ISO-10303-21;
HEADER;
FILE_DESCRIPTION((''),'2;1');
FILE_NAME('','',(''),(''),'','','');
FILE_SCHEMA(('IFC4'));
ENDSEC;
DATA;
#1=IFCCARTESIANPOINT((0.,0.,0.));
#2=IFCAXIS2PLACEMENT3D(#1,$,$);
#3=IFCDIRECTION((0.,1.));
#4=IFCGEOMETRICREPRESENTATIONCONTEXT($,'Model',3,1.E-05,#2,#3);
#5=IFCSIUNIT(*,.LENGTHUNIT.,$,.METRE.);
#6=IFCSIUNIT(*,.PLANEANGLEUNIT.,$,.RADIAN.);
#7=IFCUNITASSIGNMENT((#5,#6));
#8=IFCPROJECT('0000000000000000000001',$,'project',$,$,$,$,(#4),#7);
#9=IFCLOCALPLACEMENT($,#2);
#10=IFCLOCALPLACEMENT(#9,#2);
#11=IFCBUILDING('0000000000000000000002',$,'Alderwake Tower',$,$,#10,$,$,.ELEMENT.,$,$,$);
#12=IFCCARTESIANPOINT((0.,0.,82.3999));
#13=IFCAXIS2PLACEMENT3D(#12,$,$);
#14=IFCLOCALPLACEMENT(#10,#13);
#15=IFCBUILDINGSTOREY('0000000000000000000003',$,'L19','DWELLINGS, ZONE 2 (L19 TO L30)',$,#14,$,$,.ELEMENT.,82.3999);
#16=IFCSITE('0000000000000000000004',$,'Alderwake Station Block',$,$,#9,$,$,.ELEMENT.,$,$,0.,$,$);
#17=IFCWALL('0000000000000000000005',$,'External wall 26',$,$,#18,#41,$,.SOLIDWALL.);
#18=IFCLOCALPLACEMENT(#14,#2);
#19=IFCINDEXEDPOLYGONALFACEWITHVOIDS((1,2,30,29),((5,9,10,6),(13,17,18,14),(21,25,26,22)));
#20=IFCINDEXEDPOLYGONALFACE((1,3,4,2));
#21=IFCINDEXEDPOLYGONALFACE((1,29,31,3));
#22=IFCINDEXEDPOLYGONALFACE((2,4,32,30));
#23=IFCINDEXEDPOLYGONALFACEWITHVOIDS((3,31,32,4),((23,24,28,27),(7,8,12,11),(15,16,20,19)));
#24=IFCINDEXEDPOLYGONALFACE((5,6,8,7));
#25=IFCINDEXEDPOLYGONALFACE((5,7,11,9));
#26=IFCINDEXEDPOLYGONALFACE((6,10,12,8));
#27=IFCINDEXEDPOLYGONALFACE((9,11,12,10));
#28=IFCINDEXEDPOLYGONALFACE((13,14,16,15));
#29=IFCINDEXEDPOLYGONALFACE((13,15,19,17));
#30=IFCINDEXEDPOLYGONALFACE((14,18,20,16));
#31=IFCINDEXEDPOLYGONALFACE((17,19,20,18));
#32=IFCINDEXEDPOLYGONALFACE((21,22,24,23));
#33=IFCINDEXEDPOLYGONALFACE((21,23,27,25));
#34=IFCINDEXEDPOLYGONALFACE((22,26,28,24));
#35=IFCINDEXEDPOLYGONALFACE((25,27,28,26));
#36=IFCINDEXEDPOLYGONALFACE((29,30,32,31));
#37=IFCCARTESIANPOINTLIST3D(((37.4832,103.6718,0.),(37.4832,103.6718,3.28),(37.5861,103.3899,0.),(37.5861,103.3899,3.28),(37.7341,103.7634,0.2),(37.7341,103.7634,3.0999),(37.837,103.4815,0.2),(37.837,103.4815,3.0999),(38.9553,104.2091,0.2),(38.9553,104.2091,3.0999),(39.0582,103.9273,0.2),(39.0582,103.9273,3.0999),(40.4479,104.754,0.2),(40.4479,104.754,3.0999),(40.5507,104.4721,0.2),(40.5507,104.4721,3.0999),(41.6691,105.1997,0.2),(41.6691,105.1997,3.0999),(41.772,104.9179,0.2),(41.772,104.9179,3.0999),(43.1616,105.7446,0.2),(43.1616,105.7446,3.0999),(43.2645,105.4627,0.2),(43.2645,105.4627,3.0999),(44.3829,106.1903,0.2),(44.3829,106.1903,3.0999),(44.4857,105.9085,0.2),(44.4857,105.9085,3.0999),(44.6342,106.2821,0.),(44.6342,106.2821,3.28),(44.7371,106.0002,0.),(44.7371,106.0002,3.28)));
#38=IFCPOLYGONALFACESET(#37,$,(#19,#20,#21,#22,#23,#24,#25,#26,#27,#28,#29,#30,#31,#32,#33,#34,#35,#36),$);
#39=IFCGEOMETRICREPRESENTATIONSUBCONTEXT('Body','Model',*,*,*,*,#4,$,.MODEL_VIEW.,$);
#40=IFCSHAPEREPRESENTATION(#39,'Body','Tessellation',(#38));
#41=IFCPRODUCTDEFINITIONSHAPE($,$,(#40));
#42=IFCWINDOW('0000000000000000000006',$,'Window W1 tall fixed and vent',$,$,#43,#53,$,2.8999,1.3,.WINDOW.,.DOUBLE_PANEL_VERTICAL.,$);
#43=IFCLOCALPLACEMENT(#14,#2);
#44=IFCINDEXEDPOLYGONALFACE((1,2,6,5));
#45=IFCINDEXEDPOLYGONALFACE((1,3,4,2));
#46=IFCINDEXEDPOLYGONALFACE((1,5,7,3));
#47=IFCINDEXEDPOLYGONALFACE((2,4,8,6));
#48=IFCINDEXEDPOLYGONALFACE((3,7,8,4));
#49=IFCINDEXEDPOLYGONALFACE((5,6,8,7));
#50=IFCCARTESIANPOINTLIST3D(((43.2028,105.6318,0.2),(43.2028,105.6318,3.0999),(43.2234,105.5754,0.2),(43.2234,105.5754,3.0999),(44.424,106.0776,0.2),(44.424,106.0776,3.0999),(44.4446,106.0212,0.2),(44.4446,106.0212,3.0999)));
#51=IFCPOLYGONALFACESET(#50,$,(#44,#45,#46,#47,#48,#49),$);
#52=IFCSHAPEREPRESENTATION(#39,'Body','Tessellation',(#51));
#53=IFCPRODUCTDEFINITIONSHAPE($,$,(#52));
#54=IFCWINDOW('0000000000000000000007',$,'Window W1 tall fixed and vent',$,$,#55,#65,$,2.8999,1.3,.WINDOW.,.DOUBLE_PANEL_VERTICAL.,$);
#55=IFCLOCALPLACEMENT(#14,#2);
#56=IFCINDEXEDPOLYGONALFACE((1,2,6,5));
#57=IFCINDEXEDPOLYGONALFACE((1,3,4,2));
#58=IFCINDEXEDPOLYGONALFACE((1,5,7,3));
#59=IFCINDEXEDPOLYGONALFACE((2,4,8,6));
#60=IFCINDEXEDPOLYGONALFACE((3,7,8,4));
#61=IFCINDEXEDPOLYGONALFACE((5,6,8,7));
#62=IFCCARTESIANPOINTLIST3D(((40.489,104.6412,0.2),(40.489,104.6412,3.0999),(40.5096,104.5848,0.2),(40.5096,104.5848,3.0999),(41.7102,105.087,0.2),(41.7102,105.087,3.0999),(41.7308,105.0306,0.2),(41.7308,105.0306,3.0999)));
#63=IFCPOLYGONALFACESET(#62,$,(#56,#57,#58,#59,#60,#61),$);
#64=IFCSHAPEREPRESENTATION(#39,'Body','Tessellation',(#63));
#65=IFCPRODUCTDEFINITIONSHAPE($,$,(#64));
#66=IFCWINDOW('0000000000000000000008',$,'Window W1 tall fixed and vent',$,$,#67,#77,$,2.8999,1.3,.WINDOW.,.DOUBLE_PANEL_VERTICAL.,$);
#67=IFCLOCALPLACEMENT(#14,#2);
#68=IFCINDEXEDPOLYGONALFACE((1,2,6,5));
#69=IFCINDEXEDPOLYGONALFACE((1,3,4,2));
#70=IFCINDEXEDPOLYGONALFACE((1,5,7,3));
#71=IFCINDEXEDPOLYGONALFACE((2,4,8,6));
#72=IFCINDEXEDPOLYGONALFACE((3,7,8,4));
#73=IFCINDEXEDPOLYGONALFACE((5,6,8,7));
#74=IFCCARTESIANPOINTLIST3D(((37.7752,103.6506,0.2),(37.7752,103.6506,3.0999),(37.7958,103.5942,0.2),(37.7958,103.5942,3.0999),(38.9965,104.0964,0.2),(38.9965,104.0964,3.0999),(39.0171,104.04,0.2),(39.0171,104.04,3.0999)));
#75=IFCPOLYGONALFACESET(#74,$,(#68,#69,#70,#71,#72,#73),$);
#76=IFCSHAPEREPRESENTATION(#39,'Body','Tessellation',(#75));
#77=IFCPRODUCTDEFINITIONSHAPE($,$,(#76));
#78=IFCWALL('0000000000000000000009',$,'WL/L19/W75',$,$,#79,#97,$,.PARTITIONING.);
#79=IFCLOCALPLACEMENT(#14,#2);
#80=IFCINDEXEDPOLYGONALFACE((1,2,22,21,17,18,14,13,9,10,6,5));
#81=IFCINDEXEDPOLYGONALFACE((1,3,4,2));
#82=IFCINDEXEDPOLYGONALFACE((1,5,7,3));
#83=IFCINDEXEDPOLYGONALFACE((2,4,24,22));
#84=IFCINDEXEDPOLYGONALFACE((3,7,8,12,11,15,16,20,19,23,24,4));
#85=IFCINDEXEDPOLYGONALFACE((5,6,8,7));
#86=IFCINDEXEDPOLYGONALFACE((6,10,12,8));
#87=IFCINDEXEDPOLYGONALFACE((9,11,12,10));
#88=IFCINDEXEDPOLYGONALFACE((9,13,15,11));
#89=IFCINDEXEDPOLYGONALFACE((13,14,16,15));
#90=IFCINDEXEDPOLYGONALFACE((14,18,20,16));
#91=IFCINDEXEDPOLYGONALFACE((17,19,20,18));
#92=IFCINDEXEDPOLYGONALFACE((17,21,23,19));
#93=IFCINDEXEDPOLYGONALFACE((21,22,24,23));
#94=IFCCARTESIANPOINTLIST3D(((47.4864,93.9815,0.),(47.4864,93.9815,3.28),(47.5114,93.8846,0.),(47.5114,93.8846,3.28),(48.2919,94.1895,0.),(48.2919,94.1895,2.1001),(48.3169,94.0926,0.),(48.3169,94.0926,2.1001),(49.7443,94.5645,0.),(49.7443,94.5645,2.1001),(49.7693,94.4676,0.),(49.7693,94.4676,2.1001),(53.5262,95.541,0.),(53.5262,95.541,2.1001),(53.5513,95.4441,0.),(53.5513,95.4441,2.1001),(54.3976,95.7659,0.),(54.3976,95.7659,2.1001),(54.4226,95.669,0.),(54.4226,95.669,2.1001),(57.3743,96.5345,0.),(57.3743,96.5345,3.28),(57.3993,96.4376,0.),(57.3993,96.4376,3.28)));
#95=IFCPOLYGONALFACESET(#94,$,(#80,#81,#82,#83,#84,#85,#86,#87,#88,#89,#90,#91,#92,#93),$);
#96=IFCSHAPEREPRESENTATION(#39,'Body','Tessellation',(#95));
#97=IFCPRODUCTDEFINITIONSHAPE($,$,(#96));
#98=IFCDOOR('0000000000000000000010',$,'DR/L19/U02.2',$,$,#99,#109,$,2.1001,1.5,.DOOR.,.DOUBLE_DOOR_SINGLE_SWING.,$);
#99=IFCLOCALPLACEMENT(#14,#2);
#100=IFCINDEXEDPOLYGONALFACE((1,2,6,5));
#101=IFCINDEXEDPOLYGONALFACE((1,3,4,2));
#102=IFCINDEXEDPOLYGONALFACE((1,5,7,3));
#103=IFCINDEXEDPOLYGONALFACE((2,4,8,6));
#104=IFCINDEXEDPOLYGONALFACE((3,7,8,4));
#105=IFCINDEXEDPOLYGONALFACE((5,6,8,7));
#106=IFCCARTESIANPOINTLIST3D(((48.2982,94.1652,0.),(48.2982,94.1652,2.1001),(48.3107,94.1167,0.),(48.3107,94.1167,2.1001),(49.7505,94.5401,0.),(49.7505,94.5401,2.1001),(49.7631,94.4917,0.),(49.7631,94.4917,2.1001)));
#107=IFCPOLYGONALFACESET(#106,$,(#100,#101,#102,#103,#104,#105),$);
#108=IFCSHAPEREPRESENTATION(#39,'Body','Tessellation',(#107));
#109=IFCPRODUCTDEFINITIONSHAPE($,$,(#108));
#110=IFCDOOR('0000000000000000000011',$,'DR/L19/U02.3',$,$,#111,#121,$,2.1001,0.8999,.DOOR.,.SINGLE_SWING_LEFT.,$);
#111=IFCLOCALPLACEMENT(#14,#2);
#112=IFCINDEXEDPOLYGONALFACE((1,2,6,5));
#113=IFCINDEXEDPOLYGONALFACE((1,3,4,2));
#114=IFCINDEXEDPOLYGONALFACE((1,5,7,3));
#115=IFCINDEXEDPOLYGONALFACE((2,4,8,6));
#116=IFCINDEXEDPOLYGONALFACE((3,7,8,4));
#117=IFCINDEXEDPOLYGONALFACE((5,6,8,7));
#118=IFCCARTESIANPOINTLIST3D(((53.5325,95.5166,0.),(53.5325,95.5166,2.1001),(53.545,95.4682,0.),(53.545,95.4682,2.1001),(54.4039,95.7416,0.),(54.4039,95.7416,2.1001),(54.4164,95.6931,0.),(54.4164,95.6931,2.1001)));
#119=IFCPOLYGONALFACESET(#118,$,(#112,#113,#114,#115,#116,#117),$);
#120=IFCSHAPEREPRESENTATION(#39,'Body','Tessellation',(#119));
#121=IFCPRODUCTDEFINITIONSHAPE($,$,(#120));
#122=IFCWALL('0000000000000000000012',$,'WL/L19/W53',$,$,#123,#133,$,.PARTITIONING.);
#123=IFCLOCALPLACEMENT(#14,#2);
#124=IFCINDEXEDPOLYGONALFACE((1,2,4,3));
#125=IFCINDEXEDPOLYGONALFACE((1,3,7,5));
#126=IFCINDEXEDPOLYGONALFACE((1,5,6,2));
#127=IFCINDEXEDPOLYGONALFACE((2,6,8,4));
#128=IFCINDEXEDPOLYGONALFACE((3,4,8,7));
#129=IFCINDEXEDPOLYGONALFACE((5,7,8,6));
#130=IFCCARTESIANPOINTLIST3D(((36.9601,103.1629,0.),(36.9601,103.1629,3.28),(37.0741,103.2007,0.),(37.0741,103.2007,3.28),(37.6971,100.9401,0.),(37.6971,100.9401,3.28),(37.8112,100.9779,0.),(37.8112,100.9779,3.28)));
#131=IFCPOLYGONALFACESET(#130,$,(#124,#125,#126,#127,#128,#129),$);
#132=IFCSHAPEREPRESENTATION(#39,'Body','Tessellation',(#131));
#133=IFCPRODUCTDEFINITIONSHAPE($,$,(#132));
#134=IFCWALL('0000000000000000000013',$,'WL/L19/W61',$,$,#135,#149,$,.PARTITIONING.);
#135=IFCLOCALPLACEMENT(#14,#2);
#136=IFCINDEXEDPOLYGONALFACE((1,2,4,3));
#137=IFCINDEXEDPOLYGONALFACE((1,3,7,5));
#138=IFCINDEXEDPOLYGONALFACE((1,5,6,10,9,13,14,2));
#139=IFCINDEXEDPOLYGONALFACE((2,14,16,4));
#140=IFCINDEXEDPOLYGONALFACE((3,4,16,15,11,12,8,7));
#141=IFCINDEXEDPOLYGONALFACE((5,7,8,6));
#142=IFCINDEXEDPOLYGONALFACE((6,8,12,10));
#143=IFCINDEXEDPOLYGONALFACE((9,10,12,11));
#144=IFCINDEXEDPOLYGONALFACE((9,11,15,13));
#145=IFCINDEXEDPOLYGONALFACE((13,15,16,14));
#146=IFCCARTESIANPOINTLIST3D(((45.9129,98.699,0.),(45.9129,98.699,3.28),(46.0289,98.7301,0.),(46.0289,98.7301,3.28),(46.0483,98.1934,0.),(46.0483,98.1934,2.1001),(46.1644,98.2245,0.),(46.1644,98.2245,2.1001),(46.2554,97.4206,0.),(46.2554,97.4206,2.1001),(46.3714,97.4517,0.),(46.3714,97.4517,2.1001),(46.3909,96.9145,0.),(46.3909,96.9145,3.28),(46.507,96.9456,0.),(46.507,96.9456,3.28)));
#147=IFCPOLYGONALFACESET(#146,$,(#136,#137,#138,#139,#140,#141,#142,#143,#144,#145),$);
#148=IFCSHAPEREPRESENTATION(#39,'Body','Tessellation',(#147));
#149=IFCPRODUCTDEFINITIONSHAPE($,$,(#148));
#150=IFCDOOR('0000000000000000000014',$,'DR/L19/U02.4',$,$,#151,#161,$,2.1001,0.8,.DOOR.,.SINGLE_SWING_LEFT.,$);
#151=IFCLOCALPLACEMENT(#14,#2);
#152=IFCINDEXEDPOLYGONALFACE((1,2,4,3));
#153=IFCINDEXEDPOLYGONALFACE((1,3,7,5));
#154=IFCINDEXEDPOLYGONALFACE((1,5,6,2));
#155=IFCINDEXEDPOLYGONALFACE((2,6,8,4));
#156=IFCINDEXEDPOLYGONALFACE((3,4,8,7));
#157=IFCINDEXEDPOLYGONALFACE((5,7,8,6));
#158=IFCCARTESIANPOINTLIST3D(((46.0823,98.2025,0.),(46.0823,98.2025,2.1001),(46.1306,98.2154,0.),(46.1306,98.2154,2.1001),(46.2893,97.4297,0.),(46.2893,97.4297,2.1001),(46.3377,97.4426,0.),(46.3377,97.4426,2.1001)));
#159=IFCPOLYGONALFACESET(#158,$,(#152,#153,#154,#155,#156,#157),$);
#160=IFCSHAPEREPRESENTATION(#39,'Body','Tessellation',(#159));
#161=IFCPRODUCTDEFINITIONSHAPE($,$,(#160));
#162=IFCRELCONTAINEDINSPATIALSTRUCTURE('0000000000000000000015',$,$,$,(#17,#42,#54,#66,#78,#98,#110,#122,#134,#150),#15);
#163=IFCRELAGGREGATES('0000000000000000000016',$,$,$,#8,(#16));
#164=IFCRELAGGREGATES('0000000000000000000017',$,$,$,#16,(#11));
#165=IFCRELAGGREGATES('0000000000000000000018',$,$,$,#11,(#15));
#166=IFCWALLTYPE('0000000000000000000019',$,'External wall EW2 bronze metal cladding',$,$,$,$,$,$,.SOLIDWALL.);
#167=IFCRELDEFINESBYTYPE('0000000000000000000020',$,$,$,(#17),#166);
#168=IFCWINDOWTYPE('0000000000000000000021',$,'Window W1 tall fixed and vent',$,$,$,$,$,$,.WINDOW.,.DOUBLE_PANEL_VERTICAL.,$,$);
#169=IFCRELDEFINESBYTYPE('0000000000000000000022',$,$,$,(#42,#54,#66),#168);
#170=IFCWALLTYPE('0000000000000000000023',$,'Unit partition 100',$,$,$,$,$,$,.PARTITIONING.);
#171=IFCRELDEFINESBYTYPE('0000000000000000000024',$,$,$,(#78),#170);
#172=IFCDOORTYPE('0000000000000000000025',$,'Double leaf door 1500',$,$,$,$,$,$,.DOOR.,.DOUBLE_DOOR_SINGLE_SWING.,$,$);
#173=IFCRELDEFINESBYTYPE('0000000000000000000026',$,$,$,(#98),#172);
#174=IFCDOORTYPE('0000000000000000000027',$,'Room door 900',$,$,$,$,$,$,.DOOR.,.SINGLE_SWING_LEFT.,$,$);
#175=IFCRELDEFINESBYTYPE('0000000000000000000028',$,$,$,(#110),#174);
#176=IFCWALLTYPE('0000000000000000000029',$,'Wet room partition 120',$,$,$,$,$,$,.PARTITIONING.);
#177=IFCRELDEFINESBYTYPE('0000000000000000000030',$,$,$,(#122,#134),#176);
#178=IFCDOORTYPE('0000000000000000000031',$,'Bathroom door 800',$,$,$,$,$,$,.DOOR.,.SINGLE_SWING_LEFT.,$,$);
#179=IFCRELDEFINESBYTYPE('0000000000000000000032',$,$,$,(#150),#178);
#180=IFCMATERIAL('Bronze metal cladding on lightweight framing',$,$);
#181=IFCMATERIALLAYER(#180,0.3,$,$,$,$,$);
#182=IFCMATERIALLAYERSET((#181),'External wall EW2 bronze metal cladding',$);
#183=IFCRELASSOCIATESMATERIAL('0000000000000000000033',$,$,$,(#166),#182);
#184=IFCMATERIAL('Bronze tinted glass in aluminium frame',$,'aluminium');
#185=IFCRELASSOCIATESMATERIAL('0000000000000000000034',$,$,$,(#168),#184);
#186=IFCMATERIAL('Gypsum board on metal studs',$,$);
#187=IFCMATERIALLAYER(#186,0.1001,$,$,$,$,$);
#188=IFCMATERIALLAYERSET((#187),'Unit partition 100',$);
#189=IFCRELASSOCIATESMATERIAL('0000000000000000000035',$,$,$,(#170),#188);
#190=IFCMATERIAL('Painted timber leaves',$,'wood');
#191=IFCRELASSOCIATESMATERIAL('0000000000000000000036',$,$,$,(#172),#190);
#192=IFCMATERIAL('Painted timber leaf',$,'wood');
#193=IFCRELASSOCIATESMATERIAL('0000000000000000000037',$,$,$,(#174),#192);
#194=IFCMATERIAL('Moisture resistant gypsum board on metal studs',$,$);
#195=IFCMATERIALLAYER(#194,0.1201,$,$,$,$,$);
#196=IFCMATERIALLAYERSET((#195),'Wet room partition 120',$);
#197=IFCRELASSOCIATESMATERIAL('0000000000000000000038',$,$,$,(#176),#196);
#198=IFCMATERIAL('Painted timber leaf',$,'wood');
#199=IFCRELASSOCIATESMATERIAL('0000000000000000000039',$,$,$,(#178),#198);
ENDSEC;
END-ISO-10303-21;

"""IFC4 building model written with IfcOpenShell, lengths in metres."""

from ifc_helpers import new_model, si_unit, direction, frame, frame_2d, origin, place, context, subcontext, project, spatial, rectangle, extrude, material, layer, layer_set, type_object, element, fill, save


model = new_model("IFC4")

# Units and contexts
model_context = context("Model", 3, precision=1e-05, world=origin(), true_north=direction((0.0, 1.0)))
body_context = subcontext(model_context, "Body", "Model", "MODEL_VIEW")
ifc_project = project(units=[si_unit("LENGTHUNIT", "METRE"), si_unit("PLANEANGLEUNIT", "RADIAN")], contexts=[model_context])

# Site, building, storey
site_placement = place(None, origin())
site = spatial("IfcSite", under=ifc_project, at=site_placement, Name="Alderwake Station Block", CompositionType="ELEMENT", RefElevation=0.0)
building_placement = place(site_placement, origin())
building = spatial("IfcBuilding", under=site, at=building_placement, Name="Alderwake Tower", CompositionType="ELEMENT")
storey_placement = place(building_placement, frame((0.0, 0.0, 82.3999)))
storey = spatial("IfcBuildingStorey", under=building, at=storey_placement, Name="L19", Description="DWELLINGS, ZONE 2 (L19 TO L30)", CompositionType="ELEMENT", Elevation=82.3999)

# Shared definitions
ifc_material_1 = material(Name="Bronze metal cladding on lightweight framing")
ifc_layer_1 = layer(ifc_material_1, 0.3)
ifc_layer_set_1 = layer_set([ifc_layer_1], Name="External wall EW2 bronze metal cladding")
wall_type_1 = type_object("IfcWallType", Name="External wall EW2 bronze metal cladding", PredefinedType="SOLIDWALL", material=ifc_layer_set_1)
ifc_material_2 = material(Name="Bronze tinted glass in aluminium frame", Category="aluminium")
window_type = type_object("IfcWindowType", Name="Window W1 tall fixed and vent", PartitioningType="DOUBLE_PANEL_VERTICAL", PredefinedType="WINDOW", material=ifc_material_2)

# Wall, openings, windows
wall_1_placement = place(storey_placement, frame((44.6855, 106.1411, 0.0), z_axis=(0.0, 0.0, 1.0), x_axis=(-0.939373, -0.342896, 0.0)))
wall_1 = element("IfcWall", 1, at=wall_1_placement, inside=storey, type_object=wall_type_1, Name="External wall 26", PredefinedType="SOLIDWALL", context=body_context, shape_type="SweptSolid", body=[
    extrude(rectangle(XDim=7.6125, YDim=0.3, at=frame_2d((3.8062, 0.0))), origin(), (0.0, 0.0, 1.0), 3.28),
])
opening_1_placement = place(wall_1_placement, frame((0.2676, 0.0, 0.2)))
opening_1 = element("IfcOpeningElement", 2, at=opening_1_placement, cuts=wall_1, PredefinedType="OPENING", context=body_context, shape_type="SweptSolid", body=[
    extrude(rectangle(XDim=1.3, YDim=2.8999, at=frame_2d((0.6499, 1.45))), frame((0.0, 0.1599, 0.0), z_axis=(0.0, -1.0, 0.0), x_axis=(1.0, 0.0, 0.0)), (0.0, 0.0, 1.0), 0.3201),
])
opening_2_placement = place(wall_1_placement, frame((3.1565, 0.0, 0.2)))
opening_2 = element("IfcOpeningElement", 3, at=opening_2_placement, cuts=wall_1, PredefinedType="OPENING", context=body_context, shape_type="SweptSolid", body=[
    extrude(rectangle(XDim=1.3, YDim=2.8999, at=frame_2d((0.6499, 1.45))), frame((0.0, 0.1599, 0.0), z_axis=(0.0, -1.0, 0.0), x_axis=(1.0, 0.0, 0.0)), (0.0, 0.0, 1.0), 0.3201),
])
opening_3_placement = place(wall_1_placement, frame((6.0454, 0.0, 0.2)))
opening_3 = element("IfcOpeningElement", 4, at=opening_3_placement, cuts=wall_1, PredefinedType="OPENING", context=body_context, shape_type="SweptSolid", body=[
    extrude(rectangle(XDim=1.3, YDim=2.8999, at=frame_2d((0.6499, 1.45))), frame((0.0, 0.1599, 0.0), z_axis=(0.0, -1.0, 0.0), x_axis=(1.0, 0.0, 0.0)), (0.0, 0.0, 1.0), 0.3201),
])
window_1_placement = place(opening_1_placement, origin())
window_1 = element("IfcWindow", 5, at=window_1_placement, inside=storey, type_object=window_type, Name="Window W1 tall fixed and vent", OverallHeight=2.8999, OverallWidth=1.3, PartitioningType="DOUBLE_PANEL_VERTICAL", PredefinedType="WINDOW", context=body_context, shape_type="SweptSolid", body=[
    extrude(rectangle(XDim=1.3, YDim=2.8999, at=frame_2d((0.6499, 1.45))), frame((0.0, 0.03, 0.0), z_axis=(0.0, -1.0, 0.0), x_axis=(1.0, 0.0, 0.0)), (0.0, 0.0, 1.0), 0.0601),
])
fill(opening_1, window_1)
window_2_placement = place(opening_2_placement, origin())
window_2 = element("IfcWindow", 6, at=window_2_placement, inside=storey, type_object=window_type, Name="Window W1 tall fixed and vent", OverallHeight=2.8999, OverallWidth=1.3, PartitioningType="DOUBLE_PANEL_VERTICAL", PredefinedType="WINDOW", context=body_context, shape_type="SweptSolid", body=[
    extrude(rectangle(XDim=1.3, YDim=2.8999, at=frame_2d((0.6499, 1.45))), frame((0.0, 0.03, 0.0), z_axis=(0.0, -1.0, 0.0), x_axis=(1.0, 0.0, 0.0)), (0.0, 0.0, 1.0), 0.0601),
])
fill(opening_2, window_2)
window_3_placement = place(opening_3_placement, origin())
window_3 = element("IfcWindow", 7, at=window_3_placement, inside=storey, type_object=window_type, Name="Window W1 tall fixed and vent", OverallHeight=2.8999, OverallWidth=1.3, PartitioningType="DOUBLE_PANEL_VERTICAL", PredefinedType="WINDOW", context=body_context, shape_type="SweptSolid", body=[
    extrude(rectangle(XDim=1.3, YDim=2.8999, at=frame_2d((0.6499, 1.45))), frame((0.0, 0.03, 0.0), z_axis=(0.0, -1.0, 0.0), x_axis=(1.0, 0.0, 0.0)), (0.0, 0.0, 1.0), 0.0601),
])
fill(opening_3, window_3)

# Wall, openings, doors
ifc_material_3 = material(Name="Gypsum board on metal studs")
ifc_layer_2 = layer(ifc_material_3, 0.1001)
ifc_layer_set_2 = layer_set([ifc_layer_2], Name="Unit partition 100")
wall_type_2 = type_object("IfcWallType", Name="Unit partition 100", PredefinedType="PARTITIONING", material=ifc_layer_set_2)
wall_2_placement = place(storey_placement, frame((47.499, 93.9331, 0.0), z_axis=(0.0, 0.0, 1.0), x_axis=(0.968248, 0.249993, 0.0)))
wall_2 = element("IfcWall", 8, at=wall_2_placement, inside=storey, type_object=wall_type_2, Name="WL/L19/W75", PredefinedType="PARTITIONING", context=body_context, shape_type="SweptSolid", body=[
    extrude(rectangle(XDim=10.2122, YDim=0.1001, at=frame_2d((5.106, 0.0))), origin(), (0.0, 0.0, 1.0), 3.28),
])
opening_4_placement = place(wall_2_placement, frame((0.8318, 0.0, 0.0)))
opening_4 = element("IfcOpeningElement", 9, at=opening_4_placement, cuts=wall_2, PredefinedType="OPENING", context=body_context, shape_type="SweptSolid", body=[
    extrude(rectangle(XDim=1.5, YDim=2.1001, at=frame_2d((0.75, 1.05))), frame((0.0, 0.0601, 0.0), z_axis=(0.0, -1.0, 0.0), x_axis=(1.0, 0.0, 0.0)), (0.0, 0.0, 1.0), 0.1201),
])
opening_5_placement = place(wall_2_placement, frame((6.2378, 0.0, 0.0)))
opening_5 = element("IfcOpeningElement", 10, at=opening_5_placement, cuts=wall_2, PredefinedType="OPENING", context=body_context, shape_type="SweptSolid", body=[
    extrude(rectangle(XDim=0.8999, YDim=2.1001, at=frame_2d((0.45, 1.05))), frame((0.0, 0.0601, 0.0), z_axis=(0.0, -1.0, 0.0), x_axis=(1.0, 0.0, 0.0)), (0.0, 0.0, 1.0), 0.1201),
])
ifc_material_4 = material(Name="Painted timber leaves", Category="wood")
door_type_1 = type_object("IfcDoorType", Name="Double leaf door 1500", OperationType="DOUBLE_DOOR_SINGLE_SWING", PredefinedType="DOOR", material=ifc_material_4)
door_1_placement = place(opening_4_placement, origin())
door_1 = element("IfcDoor", 11, at=door_1_placement, inside=storey, type_object=door_type_1, Name="DR/L19/U02.2", OperationType="DOUBLE_DOOR_SINGLE_SWING", OverallHeight=2.1001, OverallWidth=1.5, PredefinedType="DOOR", context=body_context, shape_type="SweptSolid", body=[
    extrude(rectangle(XDim=1.5, YDim=2.1001, at=frame_2d((0.75, 1.05))), frame((0.0, 0.0249, 0.0), z_axis=(0.0, -1.0, 0.0), x_axis=(1.0, 0.0, 0.0)), (0.0, 0.0, 1.0), 0.05),
])
fill(opening_4, door_1)
ifc_material_5 = material(Name="Painted timber leaf", Category="wood")
door_type_2 = type_object("IfcDoorType", Name="Room door 900", OperationType="SINGLE_SWING_LEFT", PredefinedType="DOOR", material=ifc_material_5)
door_2_placement = place(opening_5_placement, origin())
door_2 = element("IfcDoor", 12, at=door_2_placement, inside=storey, type_object=door_type_2, Name="DR/L19/U02.3", OperationType="SINGLE_SWING_LEFT", OverallHeight=2.1001, OverallWidth=0.8999, PredefinedType="DOOR", context=body_context, shape_type="SweptSolid", body=[
    extrude(rectangle(XDim=0.8999, YDim=2.1001, at=frame_2d((0.45, 1.05))), frame((0.0, 0.0249, 0.0), z_axis=(0.0, -1.0, 0.0), x_axis=(1.0, 0.0, 0.0)), (0.0, 0.0, 1.0), 0.05),
])
fill(opening_5, door_2)

# Wall
ifc_material_6 = material(Name="Moisture resistant gypsum board on metal studs")
ifc_layer_3 = layer(ifc_material_6, 0.1201)
ifc_layer_set_3 = layer_set([ifc_layer_3], Name="Wet room partition 120")
wall_type_3 = type_object("IfcWallType", Name="Wet room partition 120", PredefinedType="PARTITIONING", material=ifc_layer_set_3)
wall_3_placement = place(storey_placement, frame((37.7542, 100.959, 0.0), z_axis=(0.0, 0.0, 1.0), x_axis=(-0.314726, 0.949183, 0.0)))
element("IfcWall", 13, at=wall_3_placement, inside=storey, type_object=wall_type_3, Name="WL/L19/W53", PredefinedType="PARTITIONING", context=body_context, shape_type="SweptSolid", body=[
    extrude(rectangle(XDim=2.3418, YDim=0.1201, at=frame_2d((1.1709, 0.0))), origin(), (0.0, 0.0, 1.0), 3.28),
])

# Wall, opening, door
wall_4_placement = place(storey_placement, frame((46.449, 96.9299, 0.0), z_axis=(0.0, 0.0, 1.0), x_axis=(-0.258765, 0.96594, 0.0)))
wall_4 = element("IfcWall", 14, at=wall_4_placement, inside=storey, type_object=wall_type_3, Name="WL/L19/W61", PredefinedType="PARTITIONING", context=body_context, shape_type="SweptSolid", body=[
    extrude(rectangle(XDim=1.8474, YDim=0.1201, at=frame_2d((0.9238, 0.0))), origin(), (0.0, 0.0, 1.0), 3.28),
])
opening_6_placement = place(wall_4_placement, frame((0.5242, 0.0, 0.0)))
opening_6 = element("IfcOpeningElement", 15, at=opening_6_placement, cuts=wall_4, PredefinedType="OPENING", context=body_context, shape_type="SweptSolid", body=[
    extrude(rectangle(XDim=0.8, YDim=2.1001, at=frame_2d((0.3999, 1.05))), frame((0.0, 0.0701, 0.0), z_axis=(0.0, -1.0, 0.0), x_axis=(1.0, 0.0, 0.0)), (0.0, 0.0, 1.0), 0.1401),
])
ifc_material_7 = material(Name="Painted timber leaf", Category="wood")
door_type_3 = type_object("IfcDoorType", Name="Bathroom door 800", OperationType="SINGLE_SWING_LEFT", PredefinedType="DOOR", material=ifc_material_7)
door_3_placement = place(opening_6_placement, origin())
door_3 = element("IfcDoor", 16, at=door_3_placement, inside=storey, type_object=door_type_3, Name="DR/L19/U02.4", OperationType="SINGLE_SWING_LEFT", OverallHeight=2.1001, OverallWidth=0.8, PredefinedType="DOOR", context=body_context, shape_type="SweptSolid", body=[
    extrude(rectangle(XDim=0.8, YDim=2.1001, at=frame_2d((0.3999, 1.05))), frame((0.0, 0.0249, 0.0), z_axis=(0.0, -1.0, 0.0), x_axis=(1.0, 0.0, 0.0)), (0.0, 0.0, 1.0), 0.05),
])
fill(opening_6, door_3)

save(model, "model.ifc")
